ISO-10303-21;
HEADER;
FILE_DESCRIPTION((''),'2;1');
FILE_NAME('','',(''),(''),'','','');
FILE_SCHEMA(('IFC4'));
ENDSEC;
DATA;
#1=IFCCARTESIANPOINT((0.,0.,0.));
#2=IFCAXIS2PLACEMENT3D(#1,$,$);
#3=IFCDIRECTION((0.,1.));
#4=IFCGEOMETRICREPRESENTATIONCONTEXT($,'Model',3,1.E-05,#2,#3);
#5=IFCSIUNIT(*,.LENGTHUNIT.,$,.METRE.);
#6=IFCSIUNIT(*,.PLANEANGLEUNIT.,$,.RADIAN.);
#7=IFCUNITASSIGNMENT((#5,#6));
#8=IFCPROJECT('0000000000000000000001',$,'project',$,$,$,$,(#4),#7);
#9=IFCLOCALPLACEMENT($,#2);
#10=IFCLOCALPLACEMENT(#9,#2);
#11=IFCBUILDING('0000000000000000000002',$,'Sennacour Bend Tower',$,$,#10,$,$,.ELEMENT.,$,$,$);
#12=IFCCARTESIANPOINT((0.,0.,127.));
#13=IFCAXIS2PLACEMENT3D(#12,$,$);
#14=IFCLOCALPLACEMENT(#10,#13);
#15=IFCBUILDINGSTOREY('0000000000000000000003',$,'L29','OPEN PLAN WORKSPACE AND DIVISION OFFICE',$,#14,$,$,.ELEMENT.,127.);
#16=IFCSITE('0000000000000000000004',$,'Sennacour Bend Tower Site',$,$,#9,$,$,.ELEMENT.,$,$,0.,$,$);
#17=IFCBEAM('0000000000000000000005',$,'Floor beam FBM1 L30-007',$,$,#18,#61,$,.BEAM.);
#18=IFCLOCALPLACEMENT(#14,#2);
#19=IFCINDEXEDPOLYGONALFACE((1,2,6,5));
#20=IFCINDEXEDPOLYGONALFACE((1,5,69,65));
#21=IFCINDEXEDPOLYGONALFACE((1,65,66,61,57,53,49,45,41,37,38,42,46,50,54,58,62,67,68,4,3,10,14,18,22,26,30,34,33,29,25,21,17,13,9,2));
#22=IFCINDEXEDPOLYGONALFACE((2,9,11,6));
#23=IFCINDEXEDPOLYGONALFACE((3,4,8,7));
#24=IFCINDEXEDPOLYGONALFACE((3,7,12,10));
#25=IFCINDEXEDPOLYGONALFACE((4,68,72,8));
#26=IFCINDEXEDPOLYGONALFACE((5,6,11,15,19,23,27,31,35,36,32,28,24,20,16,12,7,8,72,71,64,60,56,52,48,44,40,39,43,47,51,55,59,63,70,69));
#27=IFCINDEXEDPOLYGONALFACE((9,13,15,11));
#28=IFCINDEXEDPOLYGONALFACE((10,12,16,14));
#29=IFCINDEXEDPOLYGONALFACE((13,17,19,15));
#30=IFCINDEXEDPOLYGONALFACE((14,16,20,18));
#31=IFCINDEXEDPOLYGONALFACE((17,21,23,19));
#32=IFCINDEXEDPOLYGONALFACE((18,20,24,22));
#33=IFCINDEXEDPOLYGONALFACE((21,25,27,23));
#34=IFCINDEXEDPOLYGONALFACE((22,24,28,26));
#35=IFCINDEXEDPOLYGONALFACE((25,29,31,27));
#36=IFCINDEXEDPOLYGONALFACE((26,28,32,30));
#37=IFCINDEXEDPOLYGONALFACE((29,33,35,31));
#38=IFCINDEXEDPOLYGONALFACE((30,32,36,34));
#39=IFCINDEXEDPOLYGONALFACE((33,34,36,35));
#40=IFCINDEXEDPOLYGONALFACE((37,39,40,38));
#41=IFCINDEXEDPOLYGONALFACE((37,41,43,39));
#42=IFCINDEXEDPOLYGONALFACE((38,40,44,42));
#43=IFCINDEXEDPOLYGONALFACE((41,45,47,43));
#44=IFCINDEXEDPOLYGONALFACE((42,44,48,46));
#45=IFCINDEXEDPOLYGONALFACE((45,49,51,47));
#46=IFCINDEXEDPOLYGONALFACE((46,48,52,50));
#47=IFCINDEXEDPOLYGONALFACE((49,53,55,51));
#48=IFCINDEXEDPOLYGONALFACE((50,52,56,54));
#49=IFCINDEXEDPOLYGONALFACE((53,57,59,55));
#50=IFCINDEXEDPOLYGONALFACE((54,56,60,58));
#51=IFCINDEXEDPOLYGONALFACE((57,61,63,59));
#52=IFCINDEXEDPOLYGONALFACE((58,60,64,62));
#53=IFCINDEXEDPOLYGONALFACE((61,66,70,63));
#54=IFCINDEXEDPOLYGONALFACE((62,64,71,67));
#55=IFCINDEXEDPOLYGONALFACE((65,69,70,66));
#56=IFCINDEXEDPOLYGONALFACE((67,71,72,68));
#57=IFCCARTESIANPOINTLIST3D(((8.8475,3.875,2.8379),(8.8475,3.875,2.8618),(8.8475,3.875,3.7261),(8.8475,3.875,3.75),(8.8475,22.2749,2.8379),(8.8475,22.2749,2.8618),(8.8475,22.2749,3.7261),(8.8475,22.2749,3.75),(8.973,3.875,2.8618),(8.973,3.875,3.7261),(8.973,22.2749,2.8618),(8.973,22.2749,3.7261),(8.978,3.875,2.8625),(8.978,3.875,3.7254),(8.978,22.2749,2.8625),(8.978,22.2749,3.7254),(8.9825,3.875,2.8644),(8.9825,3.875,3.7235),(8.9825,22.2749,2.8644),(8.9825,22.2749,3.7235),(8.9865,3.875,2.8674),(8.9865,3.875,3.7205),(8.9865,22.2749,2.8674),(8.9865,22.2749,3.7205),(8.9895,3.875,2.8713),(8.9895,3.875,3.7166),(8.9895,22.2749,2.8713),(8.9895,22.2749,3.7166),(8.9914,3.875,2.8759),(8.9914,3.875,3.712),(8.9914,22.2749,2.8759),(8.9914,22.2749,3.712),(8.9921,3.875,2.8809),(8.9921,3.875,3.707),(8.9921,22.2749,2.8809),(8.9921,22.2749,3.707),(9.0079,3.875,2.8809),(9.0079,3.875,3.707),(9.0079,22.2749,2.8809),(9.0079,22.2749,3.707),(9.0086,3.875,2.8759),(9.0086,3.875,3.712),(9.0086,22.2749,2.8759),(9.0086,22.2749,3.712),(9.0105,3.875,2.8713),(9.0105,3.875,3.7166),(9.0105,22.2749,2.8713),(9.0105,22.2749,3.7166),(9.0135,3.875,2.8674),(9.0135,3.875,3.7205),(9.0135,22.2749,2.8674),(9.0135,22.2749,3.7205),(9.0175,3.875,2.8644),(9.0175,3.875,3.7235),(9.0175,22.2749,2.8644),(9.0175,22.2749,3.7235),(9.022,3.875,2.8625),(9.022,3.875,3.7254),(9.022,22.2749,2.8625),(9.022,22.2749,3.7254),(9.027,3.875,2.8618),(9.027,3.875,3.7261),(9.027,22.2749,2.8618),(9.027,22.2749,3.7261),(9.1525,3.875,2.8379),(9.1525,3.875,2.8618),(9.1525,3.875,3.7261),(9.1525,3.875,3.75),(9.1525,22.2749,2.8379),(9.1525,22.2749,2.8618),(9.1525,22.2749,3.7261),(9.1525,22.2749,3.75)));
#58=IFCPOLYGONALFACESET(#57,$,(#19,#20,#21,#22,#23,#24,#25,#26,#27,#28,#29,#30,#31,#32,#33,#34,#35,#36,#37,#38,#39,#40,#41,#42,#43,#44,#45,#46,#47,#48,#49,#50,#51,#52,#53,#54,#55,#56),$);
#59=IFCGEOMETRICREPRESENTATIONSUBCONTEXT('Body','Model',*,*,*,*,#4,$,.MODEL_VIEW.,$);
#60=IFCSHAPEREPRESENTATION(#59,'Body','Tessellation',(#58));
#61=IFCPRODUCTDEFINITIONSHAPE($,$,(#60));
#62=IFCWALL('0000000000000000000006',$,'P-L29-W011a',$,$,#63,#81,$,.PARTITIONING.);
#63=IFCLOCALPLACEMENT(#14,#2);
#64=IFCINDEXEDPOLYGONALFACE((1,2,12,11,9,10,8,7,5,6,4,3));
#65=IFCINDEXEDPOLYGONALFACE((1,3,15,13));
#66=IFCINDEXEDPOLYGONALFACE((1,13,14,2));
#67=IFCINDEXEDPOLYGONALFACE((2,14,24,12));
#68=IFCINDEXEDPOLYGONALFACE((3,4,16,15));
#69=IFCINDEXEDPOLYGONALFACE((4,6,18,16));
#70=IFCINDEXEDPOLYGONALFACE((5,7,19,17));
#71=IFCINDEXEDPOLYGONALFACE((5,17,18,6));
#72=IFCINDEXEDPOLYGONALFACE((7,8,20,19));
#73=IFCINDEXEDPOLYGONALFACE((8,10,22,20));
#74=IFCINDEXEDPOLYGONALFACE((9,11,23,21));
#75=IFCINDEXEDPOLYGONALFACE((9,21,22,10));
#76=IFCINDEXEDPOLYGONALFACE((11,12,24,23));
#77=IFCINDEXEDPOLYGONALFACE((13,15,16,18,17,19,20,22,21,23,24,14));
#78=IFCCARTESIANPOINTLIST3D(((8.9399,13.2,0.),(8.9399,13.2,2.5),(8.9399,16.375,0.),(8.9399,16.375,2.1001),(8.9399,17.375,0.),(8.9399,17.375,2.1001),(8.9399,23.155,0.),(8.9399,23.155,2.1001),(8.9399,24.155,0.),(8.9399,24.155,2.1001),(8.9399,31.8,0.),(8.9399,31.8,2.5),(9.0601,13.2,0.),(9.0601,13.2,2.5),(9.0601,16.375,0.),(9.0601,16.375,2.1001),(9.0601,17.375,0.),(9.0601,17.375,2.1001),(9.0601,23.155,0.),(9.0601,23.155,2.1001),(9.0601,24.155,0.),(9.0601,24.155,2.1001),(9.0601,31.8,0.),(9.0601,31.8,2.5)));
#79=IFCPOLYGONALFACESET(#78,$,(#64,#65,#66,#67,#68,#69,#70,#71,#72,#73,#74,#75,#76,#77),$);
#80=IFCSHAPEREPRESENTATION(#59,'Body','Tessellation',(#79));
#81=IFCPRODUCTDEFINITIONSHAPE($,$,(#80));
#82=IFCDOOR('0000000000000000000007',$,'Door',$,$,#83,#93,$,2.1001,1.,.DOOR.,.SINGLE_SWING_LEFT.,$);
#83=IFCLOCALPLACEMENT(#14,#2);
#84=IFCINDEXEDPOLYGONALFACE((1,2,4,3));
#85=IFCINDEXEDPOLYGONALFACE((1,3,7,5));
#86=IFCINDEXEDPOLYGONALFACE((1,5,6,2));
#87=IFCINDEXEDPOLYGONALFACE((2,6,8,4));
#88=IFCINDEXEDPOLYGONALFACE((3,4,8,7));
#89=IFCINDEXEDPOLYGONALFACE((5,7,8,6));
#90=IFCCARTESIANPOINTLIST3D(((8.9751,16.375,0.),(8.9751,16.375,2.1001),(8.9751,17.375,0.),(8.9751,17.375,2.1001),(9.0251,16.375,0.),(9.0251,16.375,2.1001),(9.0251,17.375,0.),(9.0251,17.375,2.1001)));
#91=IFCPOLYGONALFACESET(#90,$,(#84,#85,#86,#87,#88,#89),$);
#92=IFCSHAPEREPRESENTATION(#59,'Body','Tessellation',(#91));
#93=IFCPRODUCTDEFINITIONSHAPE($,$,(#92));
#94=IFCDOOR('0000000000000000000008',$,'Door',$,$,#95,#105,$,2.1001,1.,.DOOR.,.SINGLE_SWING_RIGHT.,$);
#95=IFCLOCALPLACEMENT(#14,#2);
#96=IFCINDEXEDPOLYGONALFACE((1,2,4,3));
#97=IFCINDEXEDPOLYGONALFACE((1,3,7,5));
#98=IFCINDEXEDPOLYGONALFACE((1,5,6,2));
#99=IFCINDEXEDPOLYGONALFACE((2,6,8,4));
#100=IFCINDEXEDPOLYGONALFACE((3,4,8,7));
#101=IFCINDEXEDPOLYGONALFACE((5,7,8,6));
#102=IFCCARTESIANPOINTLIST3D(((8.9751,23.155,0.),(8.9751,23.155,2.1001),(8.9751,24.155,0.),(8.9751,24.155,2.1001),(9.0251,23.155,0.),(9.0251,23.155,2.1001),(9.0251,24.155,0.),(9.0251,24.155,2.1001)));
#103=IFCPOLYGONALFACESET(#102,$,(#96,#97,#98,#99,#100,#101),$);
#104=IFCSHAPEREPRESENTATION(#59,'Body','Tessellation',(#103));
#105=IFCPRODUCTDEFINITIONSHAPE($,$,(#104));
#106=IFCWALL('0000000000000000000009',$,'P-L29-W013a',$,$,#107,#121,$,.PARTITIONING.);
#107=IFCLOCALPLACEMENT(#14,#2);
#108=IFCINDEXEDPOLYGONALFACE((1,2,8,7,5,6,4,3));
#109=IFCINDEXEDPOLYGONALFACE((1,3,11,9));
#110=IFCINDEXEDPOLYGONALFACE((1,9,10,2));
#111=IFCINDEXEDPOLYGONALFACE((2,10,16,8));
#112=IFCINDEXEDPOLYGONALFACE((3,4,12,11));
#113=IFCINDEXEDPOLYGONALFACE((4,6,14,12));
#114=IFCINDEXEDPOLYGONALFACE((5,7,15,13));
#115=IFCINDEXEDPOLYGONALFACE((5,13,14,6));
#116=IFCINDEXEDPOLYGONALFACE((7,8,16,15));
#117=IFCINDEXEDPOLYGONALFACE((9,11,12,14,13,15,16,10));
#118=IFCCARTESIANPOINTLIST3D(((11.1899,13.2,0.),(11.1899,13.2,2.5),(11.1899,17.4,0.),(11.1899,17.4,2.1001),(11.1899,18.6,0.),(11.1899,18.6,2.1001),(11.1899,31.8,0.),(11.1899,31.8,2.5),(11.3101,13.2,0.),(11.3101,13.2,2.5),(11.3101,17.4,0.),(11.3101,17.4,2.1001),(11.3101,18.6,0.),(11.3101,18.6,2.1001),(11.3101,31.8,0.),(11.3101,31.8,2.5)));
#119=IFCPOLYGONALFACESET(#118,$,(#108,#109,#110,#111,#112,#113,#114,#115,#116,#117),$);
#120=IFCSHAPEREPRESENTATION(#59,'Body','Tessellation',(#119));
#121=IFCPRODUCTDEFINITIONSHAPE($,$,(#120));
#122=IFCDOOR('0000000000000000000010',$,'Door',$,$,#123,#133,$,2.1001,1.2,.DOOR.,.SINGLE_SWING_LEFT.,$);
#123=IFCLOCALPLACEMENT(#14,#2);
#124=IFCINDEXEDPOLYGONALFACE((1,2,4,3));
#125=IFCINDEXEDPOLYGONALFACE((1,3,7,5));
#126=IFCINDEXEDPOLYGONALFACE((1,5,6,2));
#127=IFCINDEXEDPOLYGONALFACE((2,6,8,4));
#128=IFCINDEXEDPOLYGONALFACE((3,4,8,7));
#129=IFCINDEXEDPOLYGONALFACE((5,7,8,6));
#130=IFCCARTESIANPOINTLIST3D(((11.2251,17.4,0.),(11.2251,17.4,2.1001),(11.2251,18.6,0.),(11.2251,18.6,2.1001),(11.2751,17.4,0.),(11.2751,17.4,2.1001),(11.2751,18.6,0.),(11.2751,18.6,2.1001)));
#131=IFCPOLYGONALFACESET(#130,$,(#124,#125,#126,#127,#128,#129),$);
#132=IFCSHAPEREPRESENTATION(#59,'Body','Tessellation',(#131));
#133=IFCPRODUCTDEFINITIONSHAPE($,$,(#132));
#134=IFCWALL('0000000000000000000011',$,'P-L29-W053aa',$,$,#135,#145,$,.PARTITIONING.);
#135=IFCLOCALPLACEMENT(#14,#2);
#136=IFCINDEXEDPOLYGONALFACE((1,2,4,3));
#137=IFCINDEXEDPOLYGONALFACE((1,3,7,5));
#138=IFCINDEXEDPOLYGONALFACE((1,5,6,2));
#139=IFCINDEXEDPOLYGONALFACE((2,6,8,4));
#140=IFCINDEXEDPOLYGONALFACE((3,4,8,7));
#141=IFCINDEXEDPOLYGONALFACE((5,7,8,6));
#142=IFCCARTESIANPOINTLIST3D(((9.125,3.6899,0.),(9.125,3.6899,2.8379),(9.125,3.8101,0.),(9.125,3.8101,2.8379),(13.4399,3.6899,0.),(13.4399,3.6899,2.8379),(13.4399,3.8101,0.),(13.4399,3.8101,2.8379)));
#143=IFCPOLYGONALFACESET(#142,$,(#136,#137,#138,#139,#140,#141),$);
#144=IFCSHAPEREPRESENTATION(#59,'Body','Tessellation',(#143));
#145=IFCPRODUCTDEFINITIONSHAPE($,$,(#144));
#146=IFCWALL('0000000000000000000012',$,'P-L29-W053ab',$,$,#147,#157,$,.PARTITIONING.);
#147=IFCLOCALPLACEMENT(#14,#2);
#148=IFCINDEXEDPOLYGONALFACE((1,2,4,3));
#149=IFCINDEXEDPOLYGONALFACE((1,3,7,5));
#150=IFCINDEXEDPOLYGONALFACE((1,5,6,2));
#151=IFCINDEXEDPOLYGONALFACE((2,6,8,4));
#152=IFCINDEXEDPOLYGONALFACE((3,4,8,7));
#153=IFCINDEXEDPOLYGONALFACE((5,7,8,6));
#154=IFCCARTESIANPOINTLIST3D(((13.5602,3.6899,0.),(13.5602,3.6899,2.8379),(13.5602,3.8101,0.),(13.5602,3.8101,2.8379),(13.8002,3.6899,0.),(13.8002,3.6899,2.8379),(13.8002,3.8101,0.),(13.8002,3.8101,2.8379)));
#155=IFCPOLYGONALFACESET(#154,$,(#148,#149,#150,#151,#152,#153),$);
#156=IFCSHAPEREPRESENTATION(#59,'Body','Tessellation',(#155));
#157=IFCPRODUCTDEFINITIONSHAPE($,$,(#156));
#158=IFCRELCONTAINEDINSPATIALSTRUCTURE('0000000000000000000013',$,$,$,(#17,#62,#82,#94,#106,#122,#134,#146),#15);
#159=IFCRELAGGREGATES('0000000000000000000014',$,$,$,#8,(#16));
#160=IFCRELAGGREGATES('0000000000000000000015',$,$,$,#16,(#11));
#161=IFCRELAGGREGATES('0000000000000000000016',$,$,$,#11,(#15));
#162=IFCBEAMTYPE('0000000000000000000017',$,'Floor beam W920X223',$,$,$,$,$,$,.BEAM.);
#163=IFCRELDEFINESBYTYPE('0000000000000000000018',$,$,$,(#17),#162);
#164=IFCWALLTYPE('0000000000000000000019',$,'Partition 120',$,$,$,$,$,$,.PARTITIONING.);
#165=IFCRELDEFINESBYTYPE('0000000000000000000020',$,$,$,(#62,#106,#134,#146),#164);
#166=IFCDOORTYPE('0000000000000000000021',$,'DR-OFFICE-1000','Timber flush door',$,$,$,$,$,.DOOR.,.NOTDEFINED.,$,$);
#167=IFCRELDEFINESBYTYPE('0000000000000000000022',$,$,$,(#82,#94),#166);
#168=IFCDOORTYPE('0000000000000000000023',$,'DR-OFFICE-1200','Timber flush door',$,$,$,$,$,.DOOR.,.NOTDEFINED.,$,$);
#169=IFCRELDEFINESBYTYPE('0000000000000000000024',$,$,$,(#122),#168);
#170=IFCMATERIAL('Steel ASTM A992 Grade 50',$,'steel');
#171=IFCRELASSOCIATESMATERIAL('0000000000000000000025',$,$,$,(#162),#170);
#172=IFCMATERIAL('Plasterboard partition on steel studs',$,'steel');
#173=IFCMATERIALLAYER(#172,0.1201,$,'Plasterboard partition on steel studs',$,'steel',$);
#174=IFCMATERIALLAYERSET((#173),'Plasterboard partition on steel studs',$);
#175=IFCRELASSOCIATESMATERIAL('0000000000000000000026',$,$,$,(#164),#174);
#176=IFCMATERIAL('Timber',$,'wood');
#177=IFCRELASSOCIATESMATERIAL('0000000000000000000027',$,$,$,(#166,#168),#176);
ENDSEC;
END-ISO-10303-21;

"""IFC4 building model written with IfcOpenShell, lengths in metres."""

from ifc_helpers import new_model, si_unit, direction, frame, frame_2d, origin, origin_2d, place, context, subcontext, project, spatial, rectangle, i_section, extrude, material, layer, layer_set, material_profile, profile_set, type_object, element, fill, save


model = new_model("IFC4")

# Units and contexts
model_context = context("Model", 3, precision=1e-05, world=origin(), true_north=direction((0.0, 1.0)))
body_context = subcontext(model_context, "Body", "Model", "MODEL_VIEW")
ifc_project = project(units=[si_unit("LENGTHUNIT", "METRE"), si_unit("PLANEANGLEUNIT", "RADIAN")], contexts=[model_context])

# Site, building, storey
site_placement = place(None, origin())
site = spatial("IfcSite", under=ifc_project, at=site_placement, Name="Sennacour Bend Tower Site", CompositionType="ELEMENT", RefElevation=0.0)
building_placement = place(site_placement, origin())
building = spatial("IfcBuilding", under=site, at=building_placement, Name="Sennacour Bend Tower", CompositionType="ELEMENT")
storey_placement = place(building_placement, frame((0.0, 0.0, 127.0)))
storey = spatial("IfcBuildingStorey", under=building, at=storey_placement, Name="L29", Description="OPEN PLAN WORKSPACE AND DIVISION OFFICE", CompositionType="ELEMENT", Elevation=127.0)

# Beam
ifc_material_1 = material(Name="Steel ASTM A992 Grade 50", Category="steel")
ifc_material_profile_1 = material_profile(ifc_material_1, i_section(OverallWidth=0.3049, OverallDepth=0.9121, WebThickness=0.0159, FlangeThickness=0.0239, FilletRadius=0.019, at=origin_2d()), Name="Steel ASTM A992 Grade 50", Category="steel")
ifc_profile_set_1 = profile_set([ifc_material_profile_1], Name="Steel ASTM A992 Grade 50")
beam_type = type_object("IfcBeamType", Name="Floor beam W920X223", PredefinedType="BEAM", material=ifc_profile_set_1)
for number, where, z_axis, x_axis, name in (
    (1, (9.0, 3.875, 3.2939), (0.0, 1.0, 0.0), (-1.0, 0.0, 0.0), "Floor beam FBM1 L30-007"),
):
    element("IfcBeam", number, at=place(storey_placement, frame(where, z_axis=z_axis, x_axis=x_axis)), inside=storey, type_object=beam_type, Name=name, PredefinedType="BEAM", context=body_context, shape_type="SweptSolid", body=[
        extrude(i_section(OverallWidth=0.3049, OverallDepth=0.9121, WebThickness=0.0159, FlangeThickness=0.0239, FilletRadius=0.019, at=origin_2d()), origin(), (0.0, 0.0, 1.0), 18.3999),
    ])

# Wall, openings, doors
ifc_material_2 = material(Name="Plasterboard partition on steel studs", Category="steel")
ifc_layer_1 = layer(ifc_material_2, 0.1201, Name="Plasterboard partition on steel studs", Category="steel")
ifc_layer_set_1 = layer_set([ifc_layer_1], Name="Plasterboard partition on steel studs")
wall_type_1 = type_object("IfcWallType", Name="Partition 120", PredefinedType="PARTITIONING", material=ifc_layer_set_1)
wall_1_placement = place(storey_placement, frame((9.0, 13.2, 0.0), z_axis=(0.0, 0.0, 1.0), x_axis=(0.0, 1.0, 0.0)))
wall_1 = element("IfcWall", 2, at=wall_1_placement, inside=storey, type_object=wall_type_1, Name="P-L29-W011a", PredefinedType="PARTITIONING", context=body_context, shape_type="SweptSolid", body=[
    extrude(rectangle(XDim=18.6001, YDim=0.1201, at=frame_2d((9.3, 0.0))), origin(), (0.0, 0.0, 1.0), 2.5),
])
opening_1_placement = place(wall_1_placement, frame((3.175, 0.0, 0.0)))
opening_1 = element("IfcOpeningElement", 3, at=opening_1_placement, cuts=wall_1, PredefinedType="OPENING", context=body_context, shape_type="SweptSolid", body=[
    extrude(rectangle(XDim=1.0, YDim=2.1001, at=frame_2d((0.5, 1.05))), frame((0.0, 0.0701, 0.0), z_axis=(0.0, -1.0, 0.0), x_axis=(1.0, 0.0, 0.0)), (0.0, 0.0, 1.0), 0.1401),
])
opening_2_placement = place(wall_1_placement, frame((9.9551, 0.0, 0.0)))
opening_2 = element("IfcOpeningElement", 4, at=opening_2_placement, cuts=wall_1, PredefinedType="OPENING", context=body_context, shape_type="SweptSolid", body=[
    extrude(rectangle(XDim=1.0, YDim=2.1001, at=frame_2d((0.5, 1.05))), frame((0.0, 0.0701, 0.0), z_axis=(0.0, -1.0, 0.0), x_axis=(1.0, 0.0, 0.0)), (0.0, 0.0, 1.0), 0.1401),
])
ifc_material_3 = material(Name="Timber", Category="wood")
door_type_1 = type_object("IfcDoorType", Name="DR-OFFICE-1000", Description="Timber flush door", OperationType="NOTDEFINED", PredefinedType="DOOR", material=ifc_material_3)
door_1_placement = place(opening_1_placement, origin())
door_1 = element("IfcDoor", 5, at=door_1_placement, inside=storey, type_object=door_type_1, Name="Door", OperationType="SINGLE_SWING_LEFT", OverallHeight=2.1001, OverallWidth=1.0, PredefinedType="DOOR", context=body_context, shape_type="SweptSolid", body=[
    extrude(rectangle(XDim=1.0, YDim=2.1001, at=frame_2d((0.5, 1.05))), frame((0.0, 0.0249, 0.0), z_axis=(0.0, -1.0, 0.0), x_axis=(1.0, 0.0, 0.0)), (0.0, 0.0, 1.0), 0.05),
])
fill(opening_1, door_1)
door_2_placement = place(opening_2_placement, origin())
door_2 = element("IfcDoor", 6, at=door_2_placement, inside=storey, type_object=door_type_1, Name="Door", OperationType="SINGLE_SWING_RIGHT", OverallHeight=2.1001, OverallWidth=1.0, PredefinedType="DOOR", context=body_context, shape_type="SweptSolid", body=[
    extrude(rectangle(XDim=1.0, YDim=2.1001, at=frame_2d((0.5, 1.05))), frame((0.0, 0.0249, 0.0), z_axis=(0.0, -1.0, 0.0), x_axis=(1.0, 0.0, 0.0)), (0.0, 0.0, 1.0), 0.05),
])
fill(opening_2, door_2)

# Wall, opening, door
wall_2_placement = place(storey_placement, frame((11.25, 13.2, 0.0), z_axis=(0.0, 0.0, 1.0), x_axis=(0.0, 1.0, 0.0)))
wall_2 = element("IfcWall", 7, at=wall_2_placement, inside=storey, type_object=wall_type_1, Name="P-L29-W013a", PredefinedType="PARTITIONING", context=body_context, shape_type="SweptSolid", body=[
    extrude(rectangle(XDim=18.6001, YDim=0.1201, at=frame_2d((9.3, 0.0))), origin(), (0.0, 0.0, 1.0), 2.5),
])
opening_3_placement = place(wall_2_placement, frame((4.2, 0.0, 0.0)))
opening_3 = element("IfcOpeningElement", 8, at=opening_3_placement, cuts=wall_2, PredefinedType="OPENING", context=body_context, shape_type="SweptSolid", body=[
    extrude(rectangle(XDim=1.2, YDim=2.1001, at=frame_2d((0.6001, 1.05))), frame((0.0, 0.0701, 0.0), z_axis=(0.0, -1.0, 0.0), x_axis=(1.0, 0.0, 0.0)), (0.0, 0.0, 1.0), 0.1401),
])
door_type_2 = type_object("IfcDoorType", Name="DR-OFFICE-1200", Description="Timber flush door", OperationType="NOTDEFINED", PredefinedType="DOOR", material=ifc_material_3)
door_3_placement = place(opening_3_placement, origin())
door_3 = element("IfcDoor", 9, at=door_3_placement, inside=storey, type_object=door_type_2, Name="Door", OperationType="SINGLE_SWING_LEFT", OverallHeight=2.1001, OverallWidth=1.2, PredefinedType="DOOR", context=body_context, shape_type="SweptSolid", body=[
    extrude(rectangle(XDim=1.2, YDim=2.1001, at=frame_2d((0.6001, 1.05))), frame((0.0, 0.0249, 0.0), z_axis=(0.0, -1.0, 0.0), x_axis=(1.0, 0.0, 0.0)), (0.0, 0.0, 1.0), 0.05),
])
fill(opening_3, door_3)

# Walls
wall_3_placement = place(storey_placement, frame((9.125, 3.75, 0.0), z_axis=(0.0, 0.0, 1.0), x_axis=(1.0, 0.0, 0.0)))
element("IfcWall", 10, at=wall_3_placement, inside=storey, type_object=wall_type_1, Name="P-L29-W053aa", PredefinedType="PARTITIONING", context=body_context, shape_type="SweptSolid", body=[
    extrude(rectangle(XDim=4.3149, YDim=0.1201, at=frame_2d((2.1575, 0.0))), origin(), (0.0, 0.0, 1.0), 2.8379),
])
wall_4_placement = place(storey_placement, frame((13.5601, 3.75, 0.0), z_axis=(0.0, 0.0, 1.0), x_axis=(1.0, 0.0, 0.0)))
element("IfcWall", 11, at=wall_4_placement, inside=storey, type_object=wall_type_1, Name="P-L29-W053ab", PredefinedType="PARTITIONING", context=body_context, shape_type="SweptSolid", body=[
    extrude(rectangle(XDim=0.24, YDim=0.1201, at=frame_2d((0.1201, 0.0))), origin(), (0.0, 0.0, 1.0), 2.8379),
])

save(model, "model.ifc")
